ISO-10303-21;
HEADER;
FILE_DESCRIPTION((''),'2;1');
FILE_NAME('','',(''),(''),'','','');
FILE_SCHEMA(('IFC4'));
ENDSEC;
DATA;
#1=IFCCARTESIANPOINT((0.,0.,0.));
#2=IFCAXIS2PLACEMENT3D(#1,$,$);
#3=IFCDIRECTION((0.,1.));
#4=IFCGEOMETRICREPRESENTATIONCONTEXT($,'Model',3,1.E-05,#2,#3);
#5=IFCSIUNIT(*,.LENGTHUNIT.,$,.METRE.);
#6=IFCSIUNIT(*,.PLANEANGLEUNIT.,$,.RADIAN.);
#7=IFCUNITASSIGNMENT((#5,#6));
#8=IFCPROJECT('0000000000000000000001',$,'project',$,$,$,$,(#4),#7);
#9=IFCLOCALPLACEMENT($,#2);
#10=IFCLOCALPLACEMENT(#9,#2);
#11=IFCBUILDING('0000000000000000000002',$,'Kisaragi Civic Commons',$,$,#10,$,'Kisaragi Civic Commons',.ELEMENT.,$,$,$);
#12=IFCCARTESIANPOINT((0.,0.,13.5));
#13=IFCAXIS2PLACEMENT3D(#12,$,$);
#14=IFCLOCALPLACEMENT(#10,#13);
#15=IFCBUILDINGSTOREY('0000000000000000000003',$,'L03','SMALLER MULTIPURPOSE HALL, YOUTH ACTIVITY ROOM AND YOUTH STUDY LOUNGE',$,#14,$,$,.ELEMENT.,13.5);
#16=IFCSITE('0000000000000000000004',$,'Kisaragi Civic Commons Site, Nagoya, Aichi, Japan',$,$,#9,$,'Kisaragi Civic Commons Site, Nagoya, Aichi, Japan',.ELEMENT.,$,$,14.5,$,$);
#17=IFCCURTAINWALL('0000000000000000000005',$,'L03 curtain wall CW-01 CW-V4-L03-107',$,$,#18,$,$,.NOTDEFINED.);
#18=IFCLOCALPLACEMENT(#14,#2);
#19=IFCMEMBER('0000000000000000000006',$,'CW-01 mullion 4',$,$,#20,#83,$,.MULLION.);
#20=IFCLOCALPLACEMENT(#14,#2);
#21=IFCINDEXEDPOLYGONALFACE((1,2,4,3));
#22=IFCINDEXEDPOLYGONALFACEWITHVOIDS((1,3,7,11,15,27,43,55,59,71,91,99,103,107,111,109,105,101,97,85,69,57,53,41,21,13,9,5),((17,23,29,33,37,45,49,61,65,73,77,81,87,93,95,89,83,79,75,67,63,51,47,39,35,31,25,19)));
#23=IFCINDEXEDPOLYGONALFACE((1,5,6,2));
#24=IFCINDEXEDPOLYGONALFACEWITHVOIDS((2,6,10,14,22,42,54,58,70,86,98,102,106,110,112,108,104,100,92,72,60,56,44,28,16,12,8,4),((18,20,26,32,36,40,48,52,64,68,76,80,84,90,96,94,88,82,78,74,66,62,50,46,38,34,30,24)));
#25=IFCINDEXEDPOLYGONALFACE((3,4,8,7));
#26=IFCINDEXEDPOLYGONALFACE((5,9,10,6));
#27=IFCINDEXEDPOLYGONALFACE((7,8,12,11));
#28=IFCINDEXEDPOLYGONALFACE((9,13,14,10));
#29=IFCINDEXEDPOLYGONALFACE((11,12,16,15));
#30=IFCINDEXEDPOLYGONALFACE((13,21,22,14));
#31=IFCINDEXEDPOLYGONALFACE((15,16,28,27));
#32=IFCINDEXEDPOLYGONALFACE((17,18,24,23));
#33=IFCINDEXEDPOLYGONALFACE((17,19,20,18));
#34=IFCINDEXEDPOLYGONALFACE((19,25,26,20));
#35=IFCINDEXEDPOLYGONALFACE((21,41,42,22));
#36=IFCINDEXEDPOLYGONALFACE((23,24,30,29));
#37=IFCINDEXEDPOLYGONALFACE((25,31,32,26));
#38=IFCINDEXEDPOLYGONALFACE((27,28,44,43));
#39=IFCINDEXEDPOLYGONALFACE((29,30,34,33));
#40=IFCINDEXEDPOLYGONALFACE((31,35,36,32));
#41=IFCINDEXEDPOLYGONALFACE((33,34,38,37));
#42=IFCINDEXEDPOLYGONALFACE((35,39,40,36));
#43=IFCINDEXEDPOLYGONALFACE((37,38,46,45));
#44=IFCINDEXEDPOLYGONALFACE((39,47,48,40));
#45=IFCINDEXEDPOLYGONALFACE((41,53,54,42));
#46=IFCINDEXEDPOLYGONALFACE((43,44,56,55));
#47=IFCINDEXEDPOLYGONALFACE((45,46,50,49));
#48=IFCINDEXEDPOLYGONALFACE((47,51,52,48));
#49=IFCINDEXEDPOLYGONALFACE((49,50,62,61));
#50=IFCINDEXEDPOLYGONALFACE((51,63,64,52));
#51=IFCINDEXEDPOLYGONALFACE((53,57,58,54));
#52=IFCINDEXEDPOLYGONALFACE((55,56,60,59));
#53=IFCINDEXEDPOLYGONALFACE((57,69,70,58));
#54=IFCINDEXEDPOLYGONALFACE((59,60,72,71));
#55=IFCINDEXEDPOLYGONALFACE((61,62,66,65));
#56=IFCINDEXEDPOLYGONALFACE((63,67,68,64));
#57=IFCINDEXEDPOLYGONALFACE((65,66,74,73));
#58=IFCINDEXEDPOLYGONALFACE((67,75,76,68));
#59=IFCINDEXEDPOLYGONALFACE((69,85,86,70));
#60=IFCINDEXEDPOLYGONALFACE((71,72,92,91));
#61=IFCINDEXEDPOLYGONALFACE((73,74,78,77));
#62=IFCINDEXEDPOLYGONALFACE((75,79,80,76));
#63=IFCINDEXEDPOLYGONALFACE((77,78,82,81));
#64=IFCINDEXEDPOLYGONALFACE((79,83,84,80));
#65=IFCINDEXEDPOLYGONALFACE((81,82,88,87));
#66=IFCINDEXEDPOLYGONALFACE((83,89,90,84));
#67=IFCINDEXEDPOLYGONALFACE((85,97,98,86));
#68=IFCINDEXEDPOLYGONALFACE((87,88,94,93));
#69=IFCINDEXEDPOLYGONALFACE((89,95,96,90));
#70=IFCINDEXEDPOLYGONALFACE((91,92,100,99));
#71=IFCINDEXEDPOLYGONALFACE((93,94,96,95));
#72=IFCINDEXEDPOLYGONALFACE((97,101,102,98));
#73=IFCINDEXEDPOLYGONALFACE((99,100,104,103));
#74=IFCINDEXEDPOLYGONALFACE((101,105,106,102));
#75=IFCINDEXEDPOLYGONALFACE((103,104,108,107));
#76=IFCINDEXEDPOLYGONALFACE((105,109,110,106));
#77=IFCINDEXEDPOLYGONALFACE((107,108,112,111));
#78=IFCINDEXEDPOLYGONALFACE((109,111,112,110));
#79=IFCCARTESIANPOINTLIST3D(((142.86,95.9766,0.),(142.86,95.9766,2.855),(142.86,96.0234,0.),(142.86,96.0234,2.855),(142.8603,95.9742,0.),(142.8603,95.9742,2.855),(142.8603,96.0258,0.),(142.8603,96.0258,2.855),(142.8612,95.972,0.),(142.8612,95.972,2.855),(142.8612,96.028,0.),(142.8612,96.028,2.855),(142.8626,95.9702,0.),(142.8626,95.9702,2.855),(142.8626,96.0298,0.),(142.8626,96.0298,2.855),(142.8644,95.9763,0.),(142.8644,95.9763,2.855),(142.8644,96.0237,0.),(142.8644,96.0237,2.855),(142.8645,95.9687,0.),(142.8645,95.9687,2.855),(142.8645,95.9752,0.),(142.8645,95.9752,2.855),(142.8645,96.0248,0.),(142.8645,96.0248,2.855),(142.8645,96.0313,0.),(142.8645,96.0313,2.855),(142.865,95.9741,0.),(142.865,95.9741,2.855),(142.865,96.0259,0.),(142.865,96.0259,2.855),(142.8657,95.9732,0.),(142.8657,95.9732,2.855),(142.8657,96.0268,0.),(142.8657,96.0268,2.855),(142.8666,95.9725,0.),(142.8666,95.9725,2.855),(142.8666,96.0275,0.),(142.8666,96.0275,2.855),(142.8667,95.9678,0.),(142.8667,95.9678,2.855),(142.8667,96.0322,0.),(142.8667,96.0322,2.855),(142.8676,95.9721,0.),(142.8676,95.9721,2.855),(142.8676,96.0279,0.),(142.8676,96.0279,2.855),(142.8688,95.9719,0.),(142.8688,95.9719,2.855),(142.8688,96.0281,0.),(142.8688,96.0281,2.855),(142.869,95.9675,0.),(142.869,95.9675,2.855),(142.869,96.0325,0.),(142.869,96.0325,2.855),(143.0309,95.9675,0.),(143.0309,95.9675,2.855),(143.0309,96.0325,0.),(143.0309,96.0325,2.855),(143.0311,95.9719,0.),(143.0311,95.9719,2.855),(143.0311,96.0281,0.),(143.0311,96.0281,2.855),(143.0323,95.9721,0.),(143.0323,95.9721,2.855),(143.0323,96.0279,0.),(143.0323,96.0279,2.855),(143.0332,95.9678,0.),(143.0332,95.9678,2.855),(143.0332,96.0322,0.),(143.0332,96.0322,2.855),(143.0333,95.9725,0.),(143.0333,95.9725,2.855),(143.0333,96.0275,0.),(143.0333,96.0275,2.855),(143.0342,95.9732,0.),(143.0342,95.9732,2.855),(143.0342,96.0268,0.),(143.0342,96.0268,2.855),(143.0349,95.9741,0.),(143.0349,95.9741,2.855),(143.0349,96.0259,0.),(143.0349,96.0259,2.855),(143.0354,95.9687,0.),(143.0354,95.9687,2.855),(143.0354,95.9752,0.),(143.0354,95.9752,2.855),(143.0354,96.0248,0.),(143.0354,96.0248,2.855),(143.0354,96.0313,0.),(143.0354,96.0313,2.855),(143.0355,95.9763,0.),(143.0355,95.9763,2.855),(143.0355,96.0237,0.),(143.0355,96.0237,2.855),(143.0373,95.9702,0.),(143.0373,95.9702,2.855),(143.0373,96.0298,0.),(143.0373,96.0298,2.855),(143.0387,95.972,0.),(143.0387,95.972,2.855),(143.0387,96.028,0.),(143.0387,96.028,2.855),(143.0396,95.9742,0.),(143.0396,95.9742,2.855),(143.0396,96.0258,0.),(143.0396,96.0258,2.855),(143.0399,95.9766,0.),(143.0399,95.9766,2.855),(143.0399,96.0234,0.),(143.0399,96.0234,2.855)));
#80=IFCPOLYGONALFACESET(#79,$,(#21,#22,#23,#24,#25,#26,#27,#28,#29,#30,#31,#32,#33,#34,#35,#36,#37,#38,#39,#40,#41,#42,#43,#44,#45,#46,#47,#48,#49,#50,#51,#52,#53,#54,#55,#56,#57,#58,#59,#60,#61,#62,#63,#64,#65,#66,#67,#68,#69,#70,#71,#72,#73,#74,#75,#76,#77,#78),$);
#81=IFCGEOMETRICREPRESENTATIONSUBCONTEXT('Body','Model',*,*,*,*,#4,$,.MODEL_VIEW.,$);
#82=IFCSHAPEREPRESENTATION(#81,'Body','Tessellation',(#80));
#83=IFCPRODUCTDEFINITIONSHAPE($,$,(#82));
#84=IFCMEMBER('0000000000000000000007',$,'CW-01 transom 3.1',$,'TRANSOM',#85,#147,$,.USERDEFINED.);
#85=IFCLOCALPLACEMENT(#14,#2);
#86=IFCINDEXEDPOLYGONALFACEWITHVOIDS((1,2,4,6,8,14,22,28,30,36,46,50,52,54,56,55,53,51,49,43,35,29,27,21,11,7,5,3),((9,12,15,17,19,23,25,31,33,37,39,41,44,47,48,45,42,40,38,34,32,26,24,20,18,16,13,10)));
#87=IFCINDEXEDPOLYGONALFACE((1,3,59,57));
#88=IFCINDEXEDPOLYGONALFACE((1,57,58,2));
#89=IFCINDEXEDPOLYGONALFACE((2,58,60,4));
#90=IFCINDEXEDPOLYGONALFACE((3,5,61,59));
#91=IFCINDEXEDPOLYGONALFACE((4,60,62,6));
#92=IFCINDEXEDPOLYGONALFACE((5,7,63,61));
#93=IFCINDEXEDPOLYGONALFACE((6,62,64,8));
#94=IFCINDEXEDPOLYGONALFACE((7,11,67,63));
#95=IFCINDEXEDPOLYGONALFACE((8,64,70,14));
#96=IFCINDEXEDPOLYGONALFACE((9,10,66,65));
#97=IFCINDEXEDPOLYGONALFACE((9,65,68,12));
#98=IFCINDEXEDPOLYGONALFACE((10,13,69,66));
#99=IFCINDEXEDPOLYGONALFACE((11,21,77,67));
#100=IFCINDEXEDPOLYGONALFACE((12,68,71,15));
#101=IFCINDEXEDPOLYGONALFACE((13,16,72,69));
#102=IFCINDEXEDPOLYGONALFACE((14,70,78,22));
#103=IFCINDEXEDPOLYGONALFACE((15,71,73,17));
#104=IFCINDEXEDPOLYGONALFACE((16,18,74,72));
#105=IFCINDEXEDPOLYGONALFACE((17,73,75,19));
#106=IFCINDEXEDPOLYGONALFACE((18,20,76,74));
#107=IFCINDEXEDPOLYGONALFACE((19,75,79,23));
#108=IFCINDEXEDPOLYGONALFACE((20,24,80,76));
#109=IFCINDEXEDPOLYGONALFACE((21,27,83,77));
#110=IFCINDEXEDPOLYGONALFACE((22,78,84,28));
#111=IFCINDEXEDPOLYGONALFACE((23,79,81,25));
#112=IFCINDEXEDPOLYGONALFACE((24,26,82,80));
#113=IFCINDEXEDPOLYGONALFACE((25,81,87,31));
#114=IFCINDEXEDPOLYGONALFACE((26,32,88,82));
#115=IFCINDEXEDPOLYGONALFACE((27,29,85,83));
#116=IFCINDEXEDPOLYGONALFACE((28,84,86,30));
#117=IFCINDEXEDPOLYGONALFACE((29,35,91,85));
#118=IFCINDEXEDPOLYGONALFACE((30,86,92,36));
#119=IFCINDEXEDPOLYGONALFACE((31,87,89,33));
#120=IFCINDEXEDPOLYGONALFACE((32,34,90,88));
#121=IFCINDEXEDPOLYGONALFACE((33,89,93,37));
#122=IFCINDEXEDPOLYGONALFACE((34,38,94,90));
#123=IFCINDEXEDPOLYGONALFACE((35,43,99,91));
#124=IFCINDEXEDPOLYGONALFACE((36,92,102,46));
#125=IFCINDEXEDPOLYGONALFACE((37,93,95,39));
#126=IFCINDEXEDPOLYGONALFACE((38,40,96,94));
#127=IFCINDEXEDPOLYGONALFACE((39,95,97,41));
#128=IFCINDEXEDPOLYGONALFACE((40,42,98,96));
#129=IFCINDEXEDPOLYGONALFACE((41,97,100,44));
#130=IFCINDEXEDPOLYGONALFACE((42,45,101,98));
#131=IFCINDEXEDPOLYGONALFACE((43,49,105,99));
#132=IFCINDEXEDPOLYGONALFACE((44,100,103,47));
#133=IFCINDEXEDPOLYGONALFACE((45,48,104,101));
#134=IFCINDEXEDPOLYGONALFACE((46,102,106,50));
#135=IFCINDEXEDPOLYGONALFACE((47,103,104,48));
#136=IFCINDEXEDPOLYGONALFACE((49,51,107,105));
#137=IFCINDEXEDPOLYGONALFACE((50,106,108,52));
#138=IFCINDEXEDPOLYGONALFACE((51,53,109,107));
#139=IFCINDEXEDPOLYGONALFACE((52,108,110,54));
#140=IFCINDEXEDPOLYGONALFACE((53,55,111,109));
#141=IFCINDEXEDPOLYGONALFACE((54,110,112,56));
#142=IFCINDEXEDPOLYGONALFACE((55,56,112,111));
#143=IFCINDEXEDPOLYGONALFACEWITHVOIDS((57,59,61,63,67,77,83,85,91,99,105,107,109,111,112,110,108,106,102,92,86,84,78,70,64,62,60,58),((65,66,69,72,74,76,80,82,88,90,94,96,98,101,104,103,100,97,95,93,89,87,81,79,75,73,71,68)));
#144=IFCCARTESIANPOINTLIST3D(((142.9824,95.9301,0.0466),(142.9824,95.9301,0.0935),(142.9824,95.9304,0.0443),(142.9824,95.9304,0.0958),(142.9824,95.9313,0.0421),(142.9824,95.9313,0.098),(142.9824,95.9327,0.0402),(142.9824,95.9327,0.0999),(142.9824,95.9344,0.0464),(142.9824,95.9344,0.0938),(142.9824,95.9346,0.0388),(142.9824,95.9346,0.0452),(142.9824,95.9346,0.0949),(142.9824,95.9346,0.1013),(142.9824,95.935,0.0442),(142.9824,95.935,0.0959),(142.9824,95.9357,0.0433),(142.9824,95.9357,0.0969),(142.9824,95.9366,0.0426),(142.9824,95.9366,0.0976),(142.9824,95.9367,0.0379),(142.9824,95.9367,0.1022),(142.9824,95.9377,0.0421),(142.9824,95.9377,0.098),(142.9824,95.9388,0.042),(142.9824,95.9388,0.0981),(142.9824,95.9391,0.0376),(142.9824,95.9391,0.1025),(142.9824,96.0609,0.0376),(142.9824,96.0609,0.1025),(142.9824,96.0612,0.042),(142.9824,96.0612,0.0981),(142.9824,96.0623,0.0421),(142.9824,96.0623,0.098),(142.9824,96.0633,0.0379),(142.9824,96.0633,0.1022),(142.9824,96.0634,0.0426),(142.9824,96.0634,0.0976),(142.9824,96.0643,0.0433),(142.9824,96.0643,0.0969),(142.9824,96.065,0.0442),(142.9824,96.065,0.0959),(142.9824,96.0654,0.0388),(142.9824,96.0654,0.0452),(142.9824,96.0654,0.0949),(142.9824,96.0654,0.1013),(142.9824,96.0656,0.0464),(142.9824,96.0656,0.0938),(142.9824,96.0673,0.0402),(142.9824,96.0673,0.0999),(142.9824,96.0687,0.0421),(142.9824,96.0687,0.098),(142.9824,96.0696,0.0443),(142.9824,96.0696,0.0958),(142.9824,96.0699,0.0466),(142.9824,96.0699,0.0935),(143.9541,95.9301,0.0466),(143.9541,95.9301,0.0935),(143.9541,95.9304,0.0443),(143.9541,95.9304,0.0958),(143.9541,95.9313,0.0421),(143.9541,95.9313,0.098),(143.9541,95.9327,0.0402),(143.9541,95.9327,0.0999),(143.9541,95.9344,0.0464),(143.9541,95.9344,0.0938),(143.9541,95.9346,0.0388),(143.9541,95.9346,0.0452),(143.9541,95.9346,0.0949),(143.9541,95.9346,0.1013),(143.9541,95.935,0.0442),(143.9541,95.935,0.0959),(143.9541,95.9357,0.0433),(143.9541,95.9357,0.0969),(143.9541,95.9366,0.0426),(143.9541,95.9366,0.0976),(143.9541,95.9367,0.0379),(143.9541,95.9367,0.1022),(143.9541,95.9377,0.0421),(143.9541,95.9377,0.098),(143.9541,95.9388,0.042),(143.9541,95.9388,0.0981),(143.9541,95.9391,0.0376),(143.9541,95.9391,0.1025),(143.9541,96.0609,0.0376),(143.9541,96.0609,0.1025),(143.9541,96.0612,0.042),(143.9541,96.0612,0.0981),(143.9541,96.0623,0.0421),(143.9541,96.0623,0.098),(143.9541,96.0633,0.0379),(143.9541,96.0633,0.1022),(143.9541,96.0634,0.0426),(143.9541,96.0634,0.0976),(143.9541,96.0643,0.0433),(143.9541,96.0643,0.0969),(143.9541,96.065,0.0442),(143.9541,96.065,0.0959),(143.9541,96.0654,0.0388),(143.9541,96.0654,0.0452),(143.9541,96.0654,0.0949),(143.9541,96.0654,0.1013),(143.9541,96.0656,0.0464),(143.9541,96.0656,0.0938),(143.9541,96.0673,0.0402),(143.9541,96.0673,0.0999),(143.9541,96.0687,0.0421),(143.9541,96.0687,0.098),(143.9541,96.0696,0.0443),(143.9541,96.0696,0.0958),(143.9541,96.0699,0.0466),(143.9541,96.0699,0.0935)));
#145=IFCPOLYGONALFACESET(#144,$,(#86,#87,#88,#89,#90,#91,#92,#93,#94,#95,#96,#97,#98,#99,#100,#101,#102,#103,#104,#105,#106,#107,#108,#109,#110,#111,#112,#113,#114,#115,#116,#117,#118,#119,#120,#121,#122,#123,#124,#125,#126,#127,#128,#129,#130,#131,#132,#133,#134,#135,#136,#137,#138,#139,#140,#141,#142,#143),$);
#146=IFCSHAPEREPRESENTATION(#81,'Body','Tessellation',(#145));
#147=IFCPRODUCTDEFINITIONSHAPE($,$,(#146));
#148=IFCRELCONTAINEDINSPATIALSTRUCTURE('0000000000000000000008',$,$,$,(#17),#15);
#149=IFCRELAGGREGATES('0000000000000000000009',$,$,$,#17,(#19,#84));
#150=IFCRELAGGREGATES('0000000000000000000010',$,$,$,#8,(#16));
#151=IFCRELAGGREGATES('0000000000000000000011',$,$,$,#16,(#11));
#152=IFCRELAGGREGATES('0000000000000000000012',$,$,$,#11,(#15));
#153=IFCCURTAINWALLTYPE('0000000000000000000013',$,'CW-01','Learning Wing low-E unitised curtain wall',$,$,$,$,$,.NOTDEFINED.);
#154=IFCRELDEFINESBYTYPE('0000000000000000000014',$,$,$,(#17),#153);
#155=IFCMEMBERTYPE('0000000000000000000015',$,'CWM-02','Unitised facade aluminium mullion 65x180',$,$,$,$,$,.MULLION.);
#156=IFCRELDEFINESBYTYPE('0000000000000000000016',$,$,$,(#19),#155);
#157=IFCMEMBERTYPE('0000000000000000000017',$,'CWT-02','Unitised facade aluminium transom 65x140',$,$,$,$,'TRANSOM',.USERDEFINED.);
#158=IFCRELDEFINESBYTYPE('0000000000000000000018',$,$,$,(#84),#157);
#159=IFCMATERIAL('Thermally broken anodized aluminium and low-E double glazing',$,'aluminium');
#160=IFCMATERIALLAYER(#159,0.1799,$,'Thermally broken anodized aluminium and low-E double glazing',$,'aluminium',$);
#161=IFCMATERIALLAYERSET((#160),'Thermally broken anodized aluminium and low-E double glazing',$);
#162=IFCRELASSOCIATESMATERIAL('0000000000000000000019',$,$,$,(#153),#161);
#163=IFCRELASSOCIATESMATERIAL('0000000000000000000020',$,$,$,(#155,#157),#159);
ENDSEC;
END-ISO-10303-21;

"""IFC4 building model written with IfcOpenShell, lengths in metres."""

from ifc_helpers import new_model, si_unit, direction, frame, origin, origin_2d, place, context, subcontext, project, spatial, hollow_rectangle, extrude, material, layer, layer_set, material_profile, profile_set, type_object, element, aggregate, save


model = new_model("IFC4")

# Units and contexts
model_context = context("Model", 3, precision=1e-05, world=origin(), true_north=direction((0.0, 1.0)))
body_context = subcontext(model_context, "Body", "Model", "MODEL_VIEW")
ifc_project = project(units=[si_unit("LENGTHUNIT", "METRE"), si_unit("PLANEANGLEUNIT", "RADIAN")], contexts=[model_context])

# Site, building, storey
site_placement = place(None, origin())
site = spatial("IfcSite", under=ifc_project, at=site_placement, Name="Kisaragi Civic Commons Site, Nagoya, Aichi, Japan", LongName="Kisaragi Civic Commons Site, Nagoya, Aichi, Japan", CompositionType="ELEMENT", RefElevation=14.5)
building_placement = place(site_placement, origin())
building = spatial("IfcBuilding", under=site, at=building_placement, Name="Kisaragi Civic Commons", LongName="Kisaragi Civic Commons", CompositionType="ELEMENT")
storey_placement = place(building_placement, frame((0.0, 0.0, 13.5)))
storey = spatial("IfcBuildingStorey", under=building, at=storey_placement, Name="L03", Description="SMALLER MULTIPURPOSE HALL, YOUTH ACTIVITY ROOM AND YOUTH STUDY LOUNGE", CompositionType="ELEMENT", Elevation=13.5)

# Curtain wall, members
ifc_material_1 = material(Name="Thermally broken anodized aluminium and low-E double glazing", Category="aluminium")
ifc_layer_1 = layer(ifc_material_1, 0.1799, Name="Thermally broken anodized aluminium and low-E double glazing", Category="aluminium")
ifc_layer_set_1 = layer_set([ifc_layer_1], Name="Thermally broken anodized aluminium and low-E double glazing")
curtain_wall_type = type_object("IfcCurtainWallType", Name="CW-01", Description="Learning Wing low-E unitised curtain wall", PredefinedType="NOTDEFINED", material=ifc_layer_set_1)
curtain_wall_placement = place(storey_placement, origin())
curtain_wall = element("IfcCurtainWall", 1, at=curtain_wall_placement, inside=storey, type_object=curtain_wall_type, Name="L03 curtain wall CW-01 CW-V4-L03-107", PredefinedType="NOTDEFINED")
ifc_material_profile_1 = material_profile(ifc_material_1, hollow_rectangle(XDim=0.0649, YDim=0.1799, WallThickness=0.0044, InnerFilletRadius=0.0044, OuterFilletRadius=0.009, at=origin_2d()), Name="CWM-65x180x4.5", Category="aluminium")
ifc_profile_set_1 = profile_set([ifc_material_profile_1], Name="Thermally broken anodized aluminium and low-E double glazing")
member_type_1 = type_object("IfcMemberType", Name="CWM-02", Description="Unitised facade aluminium mullion 65x180", PredefinedType="MULLION", material=ifc_profile_set_1)
member_1_placement = place(storey_placement, frame((142.95, 96.0, 0.0), z_axis=(0.0, 0.0, 1.0), x_axis=(0.0, -1.0, 0.0)))
member_1 = element("IfcMember", 2, at=member_1_placement, type_object=member_type_1, Name="CW-01 mullion 4", PredefinedType="MULLION", context=body_context, shape_type="SweptSolid", body=[
    extrude(hollow_rectangle(XDim=0.0649, YDim=0.1799, WallThickness=0.0044, InnerFilletRadius=0.0044, OuterFilletRadius=0.009, at=origin_2d()), origin(), (0.0, 0.0, 1.0), 2.855),
])
ifc_material_profile_2 = material_profile(ifc_material_1, hollow_rectangle(XDim=0.1399, YDim=0.0649, WallThickness=0.0044, InnerFilletRadius=0.0044, OuterFilletRadius=0.009, at=origin_2d()), Name="CWT-65x140x4.5", Category="aluminium")
ifc_profile_set_2 = profile_set([ifc_material_profile_2], Name="Thermally broken anodized aluminium and low-E double glazing")
member_type_2 = type_object("IfcMemberType", Name="CWT-02", Description="Unitised facade aluminium transom 65x140", ElementType="TRANSOM", PredefinedType="USERDEFINED", material=ifc_profile_set_2)
member_2_placement = place(storey_placement, frame((143.9541, 96.0, 0.0701), z_axis=(-1.0, 0.0, 0.0), x_axis=(0.0, -1.0, 0.0)))
member_2 = element("IfcMember", 3, at=member_2_placement, type_object=member_type_2, Name="CW-01 transom 3.1", ObjectType="TRANSOM", PredefinedType="USERDEFINED", context=body_context, shape_type="SweptSolid", body=[
    extrude(hollow_rectangle(XDim=0.1399, YDim=0.0649, WallThickness=0.0044, InnerFilletRadius=0.0044, OuterFilletRadius=0.009, at=origin_2d()), origin(), (0.0, 0.0, 1.0), 0.9717),
])

aggregate(curtain_wall, [member_1, member_2])

save(model, "model.ifc")
